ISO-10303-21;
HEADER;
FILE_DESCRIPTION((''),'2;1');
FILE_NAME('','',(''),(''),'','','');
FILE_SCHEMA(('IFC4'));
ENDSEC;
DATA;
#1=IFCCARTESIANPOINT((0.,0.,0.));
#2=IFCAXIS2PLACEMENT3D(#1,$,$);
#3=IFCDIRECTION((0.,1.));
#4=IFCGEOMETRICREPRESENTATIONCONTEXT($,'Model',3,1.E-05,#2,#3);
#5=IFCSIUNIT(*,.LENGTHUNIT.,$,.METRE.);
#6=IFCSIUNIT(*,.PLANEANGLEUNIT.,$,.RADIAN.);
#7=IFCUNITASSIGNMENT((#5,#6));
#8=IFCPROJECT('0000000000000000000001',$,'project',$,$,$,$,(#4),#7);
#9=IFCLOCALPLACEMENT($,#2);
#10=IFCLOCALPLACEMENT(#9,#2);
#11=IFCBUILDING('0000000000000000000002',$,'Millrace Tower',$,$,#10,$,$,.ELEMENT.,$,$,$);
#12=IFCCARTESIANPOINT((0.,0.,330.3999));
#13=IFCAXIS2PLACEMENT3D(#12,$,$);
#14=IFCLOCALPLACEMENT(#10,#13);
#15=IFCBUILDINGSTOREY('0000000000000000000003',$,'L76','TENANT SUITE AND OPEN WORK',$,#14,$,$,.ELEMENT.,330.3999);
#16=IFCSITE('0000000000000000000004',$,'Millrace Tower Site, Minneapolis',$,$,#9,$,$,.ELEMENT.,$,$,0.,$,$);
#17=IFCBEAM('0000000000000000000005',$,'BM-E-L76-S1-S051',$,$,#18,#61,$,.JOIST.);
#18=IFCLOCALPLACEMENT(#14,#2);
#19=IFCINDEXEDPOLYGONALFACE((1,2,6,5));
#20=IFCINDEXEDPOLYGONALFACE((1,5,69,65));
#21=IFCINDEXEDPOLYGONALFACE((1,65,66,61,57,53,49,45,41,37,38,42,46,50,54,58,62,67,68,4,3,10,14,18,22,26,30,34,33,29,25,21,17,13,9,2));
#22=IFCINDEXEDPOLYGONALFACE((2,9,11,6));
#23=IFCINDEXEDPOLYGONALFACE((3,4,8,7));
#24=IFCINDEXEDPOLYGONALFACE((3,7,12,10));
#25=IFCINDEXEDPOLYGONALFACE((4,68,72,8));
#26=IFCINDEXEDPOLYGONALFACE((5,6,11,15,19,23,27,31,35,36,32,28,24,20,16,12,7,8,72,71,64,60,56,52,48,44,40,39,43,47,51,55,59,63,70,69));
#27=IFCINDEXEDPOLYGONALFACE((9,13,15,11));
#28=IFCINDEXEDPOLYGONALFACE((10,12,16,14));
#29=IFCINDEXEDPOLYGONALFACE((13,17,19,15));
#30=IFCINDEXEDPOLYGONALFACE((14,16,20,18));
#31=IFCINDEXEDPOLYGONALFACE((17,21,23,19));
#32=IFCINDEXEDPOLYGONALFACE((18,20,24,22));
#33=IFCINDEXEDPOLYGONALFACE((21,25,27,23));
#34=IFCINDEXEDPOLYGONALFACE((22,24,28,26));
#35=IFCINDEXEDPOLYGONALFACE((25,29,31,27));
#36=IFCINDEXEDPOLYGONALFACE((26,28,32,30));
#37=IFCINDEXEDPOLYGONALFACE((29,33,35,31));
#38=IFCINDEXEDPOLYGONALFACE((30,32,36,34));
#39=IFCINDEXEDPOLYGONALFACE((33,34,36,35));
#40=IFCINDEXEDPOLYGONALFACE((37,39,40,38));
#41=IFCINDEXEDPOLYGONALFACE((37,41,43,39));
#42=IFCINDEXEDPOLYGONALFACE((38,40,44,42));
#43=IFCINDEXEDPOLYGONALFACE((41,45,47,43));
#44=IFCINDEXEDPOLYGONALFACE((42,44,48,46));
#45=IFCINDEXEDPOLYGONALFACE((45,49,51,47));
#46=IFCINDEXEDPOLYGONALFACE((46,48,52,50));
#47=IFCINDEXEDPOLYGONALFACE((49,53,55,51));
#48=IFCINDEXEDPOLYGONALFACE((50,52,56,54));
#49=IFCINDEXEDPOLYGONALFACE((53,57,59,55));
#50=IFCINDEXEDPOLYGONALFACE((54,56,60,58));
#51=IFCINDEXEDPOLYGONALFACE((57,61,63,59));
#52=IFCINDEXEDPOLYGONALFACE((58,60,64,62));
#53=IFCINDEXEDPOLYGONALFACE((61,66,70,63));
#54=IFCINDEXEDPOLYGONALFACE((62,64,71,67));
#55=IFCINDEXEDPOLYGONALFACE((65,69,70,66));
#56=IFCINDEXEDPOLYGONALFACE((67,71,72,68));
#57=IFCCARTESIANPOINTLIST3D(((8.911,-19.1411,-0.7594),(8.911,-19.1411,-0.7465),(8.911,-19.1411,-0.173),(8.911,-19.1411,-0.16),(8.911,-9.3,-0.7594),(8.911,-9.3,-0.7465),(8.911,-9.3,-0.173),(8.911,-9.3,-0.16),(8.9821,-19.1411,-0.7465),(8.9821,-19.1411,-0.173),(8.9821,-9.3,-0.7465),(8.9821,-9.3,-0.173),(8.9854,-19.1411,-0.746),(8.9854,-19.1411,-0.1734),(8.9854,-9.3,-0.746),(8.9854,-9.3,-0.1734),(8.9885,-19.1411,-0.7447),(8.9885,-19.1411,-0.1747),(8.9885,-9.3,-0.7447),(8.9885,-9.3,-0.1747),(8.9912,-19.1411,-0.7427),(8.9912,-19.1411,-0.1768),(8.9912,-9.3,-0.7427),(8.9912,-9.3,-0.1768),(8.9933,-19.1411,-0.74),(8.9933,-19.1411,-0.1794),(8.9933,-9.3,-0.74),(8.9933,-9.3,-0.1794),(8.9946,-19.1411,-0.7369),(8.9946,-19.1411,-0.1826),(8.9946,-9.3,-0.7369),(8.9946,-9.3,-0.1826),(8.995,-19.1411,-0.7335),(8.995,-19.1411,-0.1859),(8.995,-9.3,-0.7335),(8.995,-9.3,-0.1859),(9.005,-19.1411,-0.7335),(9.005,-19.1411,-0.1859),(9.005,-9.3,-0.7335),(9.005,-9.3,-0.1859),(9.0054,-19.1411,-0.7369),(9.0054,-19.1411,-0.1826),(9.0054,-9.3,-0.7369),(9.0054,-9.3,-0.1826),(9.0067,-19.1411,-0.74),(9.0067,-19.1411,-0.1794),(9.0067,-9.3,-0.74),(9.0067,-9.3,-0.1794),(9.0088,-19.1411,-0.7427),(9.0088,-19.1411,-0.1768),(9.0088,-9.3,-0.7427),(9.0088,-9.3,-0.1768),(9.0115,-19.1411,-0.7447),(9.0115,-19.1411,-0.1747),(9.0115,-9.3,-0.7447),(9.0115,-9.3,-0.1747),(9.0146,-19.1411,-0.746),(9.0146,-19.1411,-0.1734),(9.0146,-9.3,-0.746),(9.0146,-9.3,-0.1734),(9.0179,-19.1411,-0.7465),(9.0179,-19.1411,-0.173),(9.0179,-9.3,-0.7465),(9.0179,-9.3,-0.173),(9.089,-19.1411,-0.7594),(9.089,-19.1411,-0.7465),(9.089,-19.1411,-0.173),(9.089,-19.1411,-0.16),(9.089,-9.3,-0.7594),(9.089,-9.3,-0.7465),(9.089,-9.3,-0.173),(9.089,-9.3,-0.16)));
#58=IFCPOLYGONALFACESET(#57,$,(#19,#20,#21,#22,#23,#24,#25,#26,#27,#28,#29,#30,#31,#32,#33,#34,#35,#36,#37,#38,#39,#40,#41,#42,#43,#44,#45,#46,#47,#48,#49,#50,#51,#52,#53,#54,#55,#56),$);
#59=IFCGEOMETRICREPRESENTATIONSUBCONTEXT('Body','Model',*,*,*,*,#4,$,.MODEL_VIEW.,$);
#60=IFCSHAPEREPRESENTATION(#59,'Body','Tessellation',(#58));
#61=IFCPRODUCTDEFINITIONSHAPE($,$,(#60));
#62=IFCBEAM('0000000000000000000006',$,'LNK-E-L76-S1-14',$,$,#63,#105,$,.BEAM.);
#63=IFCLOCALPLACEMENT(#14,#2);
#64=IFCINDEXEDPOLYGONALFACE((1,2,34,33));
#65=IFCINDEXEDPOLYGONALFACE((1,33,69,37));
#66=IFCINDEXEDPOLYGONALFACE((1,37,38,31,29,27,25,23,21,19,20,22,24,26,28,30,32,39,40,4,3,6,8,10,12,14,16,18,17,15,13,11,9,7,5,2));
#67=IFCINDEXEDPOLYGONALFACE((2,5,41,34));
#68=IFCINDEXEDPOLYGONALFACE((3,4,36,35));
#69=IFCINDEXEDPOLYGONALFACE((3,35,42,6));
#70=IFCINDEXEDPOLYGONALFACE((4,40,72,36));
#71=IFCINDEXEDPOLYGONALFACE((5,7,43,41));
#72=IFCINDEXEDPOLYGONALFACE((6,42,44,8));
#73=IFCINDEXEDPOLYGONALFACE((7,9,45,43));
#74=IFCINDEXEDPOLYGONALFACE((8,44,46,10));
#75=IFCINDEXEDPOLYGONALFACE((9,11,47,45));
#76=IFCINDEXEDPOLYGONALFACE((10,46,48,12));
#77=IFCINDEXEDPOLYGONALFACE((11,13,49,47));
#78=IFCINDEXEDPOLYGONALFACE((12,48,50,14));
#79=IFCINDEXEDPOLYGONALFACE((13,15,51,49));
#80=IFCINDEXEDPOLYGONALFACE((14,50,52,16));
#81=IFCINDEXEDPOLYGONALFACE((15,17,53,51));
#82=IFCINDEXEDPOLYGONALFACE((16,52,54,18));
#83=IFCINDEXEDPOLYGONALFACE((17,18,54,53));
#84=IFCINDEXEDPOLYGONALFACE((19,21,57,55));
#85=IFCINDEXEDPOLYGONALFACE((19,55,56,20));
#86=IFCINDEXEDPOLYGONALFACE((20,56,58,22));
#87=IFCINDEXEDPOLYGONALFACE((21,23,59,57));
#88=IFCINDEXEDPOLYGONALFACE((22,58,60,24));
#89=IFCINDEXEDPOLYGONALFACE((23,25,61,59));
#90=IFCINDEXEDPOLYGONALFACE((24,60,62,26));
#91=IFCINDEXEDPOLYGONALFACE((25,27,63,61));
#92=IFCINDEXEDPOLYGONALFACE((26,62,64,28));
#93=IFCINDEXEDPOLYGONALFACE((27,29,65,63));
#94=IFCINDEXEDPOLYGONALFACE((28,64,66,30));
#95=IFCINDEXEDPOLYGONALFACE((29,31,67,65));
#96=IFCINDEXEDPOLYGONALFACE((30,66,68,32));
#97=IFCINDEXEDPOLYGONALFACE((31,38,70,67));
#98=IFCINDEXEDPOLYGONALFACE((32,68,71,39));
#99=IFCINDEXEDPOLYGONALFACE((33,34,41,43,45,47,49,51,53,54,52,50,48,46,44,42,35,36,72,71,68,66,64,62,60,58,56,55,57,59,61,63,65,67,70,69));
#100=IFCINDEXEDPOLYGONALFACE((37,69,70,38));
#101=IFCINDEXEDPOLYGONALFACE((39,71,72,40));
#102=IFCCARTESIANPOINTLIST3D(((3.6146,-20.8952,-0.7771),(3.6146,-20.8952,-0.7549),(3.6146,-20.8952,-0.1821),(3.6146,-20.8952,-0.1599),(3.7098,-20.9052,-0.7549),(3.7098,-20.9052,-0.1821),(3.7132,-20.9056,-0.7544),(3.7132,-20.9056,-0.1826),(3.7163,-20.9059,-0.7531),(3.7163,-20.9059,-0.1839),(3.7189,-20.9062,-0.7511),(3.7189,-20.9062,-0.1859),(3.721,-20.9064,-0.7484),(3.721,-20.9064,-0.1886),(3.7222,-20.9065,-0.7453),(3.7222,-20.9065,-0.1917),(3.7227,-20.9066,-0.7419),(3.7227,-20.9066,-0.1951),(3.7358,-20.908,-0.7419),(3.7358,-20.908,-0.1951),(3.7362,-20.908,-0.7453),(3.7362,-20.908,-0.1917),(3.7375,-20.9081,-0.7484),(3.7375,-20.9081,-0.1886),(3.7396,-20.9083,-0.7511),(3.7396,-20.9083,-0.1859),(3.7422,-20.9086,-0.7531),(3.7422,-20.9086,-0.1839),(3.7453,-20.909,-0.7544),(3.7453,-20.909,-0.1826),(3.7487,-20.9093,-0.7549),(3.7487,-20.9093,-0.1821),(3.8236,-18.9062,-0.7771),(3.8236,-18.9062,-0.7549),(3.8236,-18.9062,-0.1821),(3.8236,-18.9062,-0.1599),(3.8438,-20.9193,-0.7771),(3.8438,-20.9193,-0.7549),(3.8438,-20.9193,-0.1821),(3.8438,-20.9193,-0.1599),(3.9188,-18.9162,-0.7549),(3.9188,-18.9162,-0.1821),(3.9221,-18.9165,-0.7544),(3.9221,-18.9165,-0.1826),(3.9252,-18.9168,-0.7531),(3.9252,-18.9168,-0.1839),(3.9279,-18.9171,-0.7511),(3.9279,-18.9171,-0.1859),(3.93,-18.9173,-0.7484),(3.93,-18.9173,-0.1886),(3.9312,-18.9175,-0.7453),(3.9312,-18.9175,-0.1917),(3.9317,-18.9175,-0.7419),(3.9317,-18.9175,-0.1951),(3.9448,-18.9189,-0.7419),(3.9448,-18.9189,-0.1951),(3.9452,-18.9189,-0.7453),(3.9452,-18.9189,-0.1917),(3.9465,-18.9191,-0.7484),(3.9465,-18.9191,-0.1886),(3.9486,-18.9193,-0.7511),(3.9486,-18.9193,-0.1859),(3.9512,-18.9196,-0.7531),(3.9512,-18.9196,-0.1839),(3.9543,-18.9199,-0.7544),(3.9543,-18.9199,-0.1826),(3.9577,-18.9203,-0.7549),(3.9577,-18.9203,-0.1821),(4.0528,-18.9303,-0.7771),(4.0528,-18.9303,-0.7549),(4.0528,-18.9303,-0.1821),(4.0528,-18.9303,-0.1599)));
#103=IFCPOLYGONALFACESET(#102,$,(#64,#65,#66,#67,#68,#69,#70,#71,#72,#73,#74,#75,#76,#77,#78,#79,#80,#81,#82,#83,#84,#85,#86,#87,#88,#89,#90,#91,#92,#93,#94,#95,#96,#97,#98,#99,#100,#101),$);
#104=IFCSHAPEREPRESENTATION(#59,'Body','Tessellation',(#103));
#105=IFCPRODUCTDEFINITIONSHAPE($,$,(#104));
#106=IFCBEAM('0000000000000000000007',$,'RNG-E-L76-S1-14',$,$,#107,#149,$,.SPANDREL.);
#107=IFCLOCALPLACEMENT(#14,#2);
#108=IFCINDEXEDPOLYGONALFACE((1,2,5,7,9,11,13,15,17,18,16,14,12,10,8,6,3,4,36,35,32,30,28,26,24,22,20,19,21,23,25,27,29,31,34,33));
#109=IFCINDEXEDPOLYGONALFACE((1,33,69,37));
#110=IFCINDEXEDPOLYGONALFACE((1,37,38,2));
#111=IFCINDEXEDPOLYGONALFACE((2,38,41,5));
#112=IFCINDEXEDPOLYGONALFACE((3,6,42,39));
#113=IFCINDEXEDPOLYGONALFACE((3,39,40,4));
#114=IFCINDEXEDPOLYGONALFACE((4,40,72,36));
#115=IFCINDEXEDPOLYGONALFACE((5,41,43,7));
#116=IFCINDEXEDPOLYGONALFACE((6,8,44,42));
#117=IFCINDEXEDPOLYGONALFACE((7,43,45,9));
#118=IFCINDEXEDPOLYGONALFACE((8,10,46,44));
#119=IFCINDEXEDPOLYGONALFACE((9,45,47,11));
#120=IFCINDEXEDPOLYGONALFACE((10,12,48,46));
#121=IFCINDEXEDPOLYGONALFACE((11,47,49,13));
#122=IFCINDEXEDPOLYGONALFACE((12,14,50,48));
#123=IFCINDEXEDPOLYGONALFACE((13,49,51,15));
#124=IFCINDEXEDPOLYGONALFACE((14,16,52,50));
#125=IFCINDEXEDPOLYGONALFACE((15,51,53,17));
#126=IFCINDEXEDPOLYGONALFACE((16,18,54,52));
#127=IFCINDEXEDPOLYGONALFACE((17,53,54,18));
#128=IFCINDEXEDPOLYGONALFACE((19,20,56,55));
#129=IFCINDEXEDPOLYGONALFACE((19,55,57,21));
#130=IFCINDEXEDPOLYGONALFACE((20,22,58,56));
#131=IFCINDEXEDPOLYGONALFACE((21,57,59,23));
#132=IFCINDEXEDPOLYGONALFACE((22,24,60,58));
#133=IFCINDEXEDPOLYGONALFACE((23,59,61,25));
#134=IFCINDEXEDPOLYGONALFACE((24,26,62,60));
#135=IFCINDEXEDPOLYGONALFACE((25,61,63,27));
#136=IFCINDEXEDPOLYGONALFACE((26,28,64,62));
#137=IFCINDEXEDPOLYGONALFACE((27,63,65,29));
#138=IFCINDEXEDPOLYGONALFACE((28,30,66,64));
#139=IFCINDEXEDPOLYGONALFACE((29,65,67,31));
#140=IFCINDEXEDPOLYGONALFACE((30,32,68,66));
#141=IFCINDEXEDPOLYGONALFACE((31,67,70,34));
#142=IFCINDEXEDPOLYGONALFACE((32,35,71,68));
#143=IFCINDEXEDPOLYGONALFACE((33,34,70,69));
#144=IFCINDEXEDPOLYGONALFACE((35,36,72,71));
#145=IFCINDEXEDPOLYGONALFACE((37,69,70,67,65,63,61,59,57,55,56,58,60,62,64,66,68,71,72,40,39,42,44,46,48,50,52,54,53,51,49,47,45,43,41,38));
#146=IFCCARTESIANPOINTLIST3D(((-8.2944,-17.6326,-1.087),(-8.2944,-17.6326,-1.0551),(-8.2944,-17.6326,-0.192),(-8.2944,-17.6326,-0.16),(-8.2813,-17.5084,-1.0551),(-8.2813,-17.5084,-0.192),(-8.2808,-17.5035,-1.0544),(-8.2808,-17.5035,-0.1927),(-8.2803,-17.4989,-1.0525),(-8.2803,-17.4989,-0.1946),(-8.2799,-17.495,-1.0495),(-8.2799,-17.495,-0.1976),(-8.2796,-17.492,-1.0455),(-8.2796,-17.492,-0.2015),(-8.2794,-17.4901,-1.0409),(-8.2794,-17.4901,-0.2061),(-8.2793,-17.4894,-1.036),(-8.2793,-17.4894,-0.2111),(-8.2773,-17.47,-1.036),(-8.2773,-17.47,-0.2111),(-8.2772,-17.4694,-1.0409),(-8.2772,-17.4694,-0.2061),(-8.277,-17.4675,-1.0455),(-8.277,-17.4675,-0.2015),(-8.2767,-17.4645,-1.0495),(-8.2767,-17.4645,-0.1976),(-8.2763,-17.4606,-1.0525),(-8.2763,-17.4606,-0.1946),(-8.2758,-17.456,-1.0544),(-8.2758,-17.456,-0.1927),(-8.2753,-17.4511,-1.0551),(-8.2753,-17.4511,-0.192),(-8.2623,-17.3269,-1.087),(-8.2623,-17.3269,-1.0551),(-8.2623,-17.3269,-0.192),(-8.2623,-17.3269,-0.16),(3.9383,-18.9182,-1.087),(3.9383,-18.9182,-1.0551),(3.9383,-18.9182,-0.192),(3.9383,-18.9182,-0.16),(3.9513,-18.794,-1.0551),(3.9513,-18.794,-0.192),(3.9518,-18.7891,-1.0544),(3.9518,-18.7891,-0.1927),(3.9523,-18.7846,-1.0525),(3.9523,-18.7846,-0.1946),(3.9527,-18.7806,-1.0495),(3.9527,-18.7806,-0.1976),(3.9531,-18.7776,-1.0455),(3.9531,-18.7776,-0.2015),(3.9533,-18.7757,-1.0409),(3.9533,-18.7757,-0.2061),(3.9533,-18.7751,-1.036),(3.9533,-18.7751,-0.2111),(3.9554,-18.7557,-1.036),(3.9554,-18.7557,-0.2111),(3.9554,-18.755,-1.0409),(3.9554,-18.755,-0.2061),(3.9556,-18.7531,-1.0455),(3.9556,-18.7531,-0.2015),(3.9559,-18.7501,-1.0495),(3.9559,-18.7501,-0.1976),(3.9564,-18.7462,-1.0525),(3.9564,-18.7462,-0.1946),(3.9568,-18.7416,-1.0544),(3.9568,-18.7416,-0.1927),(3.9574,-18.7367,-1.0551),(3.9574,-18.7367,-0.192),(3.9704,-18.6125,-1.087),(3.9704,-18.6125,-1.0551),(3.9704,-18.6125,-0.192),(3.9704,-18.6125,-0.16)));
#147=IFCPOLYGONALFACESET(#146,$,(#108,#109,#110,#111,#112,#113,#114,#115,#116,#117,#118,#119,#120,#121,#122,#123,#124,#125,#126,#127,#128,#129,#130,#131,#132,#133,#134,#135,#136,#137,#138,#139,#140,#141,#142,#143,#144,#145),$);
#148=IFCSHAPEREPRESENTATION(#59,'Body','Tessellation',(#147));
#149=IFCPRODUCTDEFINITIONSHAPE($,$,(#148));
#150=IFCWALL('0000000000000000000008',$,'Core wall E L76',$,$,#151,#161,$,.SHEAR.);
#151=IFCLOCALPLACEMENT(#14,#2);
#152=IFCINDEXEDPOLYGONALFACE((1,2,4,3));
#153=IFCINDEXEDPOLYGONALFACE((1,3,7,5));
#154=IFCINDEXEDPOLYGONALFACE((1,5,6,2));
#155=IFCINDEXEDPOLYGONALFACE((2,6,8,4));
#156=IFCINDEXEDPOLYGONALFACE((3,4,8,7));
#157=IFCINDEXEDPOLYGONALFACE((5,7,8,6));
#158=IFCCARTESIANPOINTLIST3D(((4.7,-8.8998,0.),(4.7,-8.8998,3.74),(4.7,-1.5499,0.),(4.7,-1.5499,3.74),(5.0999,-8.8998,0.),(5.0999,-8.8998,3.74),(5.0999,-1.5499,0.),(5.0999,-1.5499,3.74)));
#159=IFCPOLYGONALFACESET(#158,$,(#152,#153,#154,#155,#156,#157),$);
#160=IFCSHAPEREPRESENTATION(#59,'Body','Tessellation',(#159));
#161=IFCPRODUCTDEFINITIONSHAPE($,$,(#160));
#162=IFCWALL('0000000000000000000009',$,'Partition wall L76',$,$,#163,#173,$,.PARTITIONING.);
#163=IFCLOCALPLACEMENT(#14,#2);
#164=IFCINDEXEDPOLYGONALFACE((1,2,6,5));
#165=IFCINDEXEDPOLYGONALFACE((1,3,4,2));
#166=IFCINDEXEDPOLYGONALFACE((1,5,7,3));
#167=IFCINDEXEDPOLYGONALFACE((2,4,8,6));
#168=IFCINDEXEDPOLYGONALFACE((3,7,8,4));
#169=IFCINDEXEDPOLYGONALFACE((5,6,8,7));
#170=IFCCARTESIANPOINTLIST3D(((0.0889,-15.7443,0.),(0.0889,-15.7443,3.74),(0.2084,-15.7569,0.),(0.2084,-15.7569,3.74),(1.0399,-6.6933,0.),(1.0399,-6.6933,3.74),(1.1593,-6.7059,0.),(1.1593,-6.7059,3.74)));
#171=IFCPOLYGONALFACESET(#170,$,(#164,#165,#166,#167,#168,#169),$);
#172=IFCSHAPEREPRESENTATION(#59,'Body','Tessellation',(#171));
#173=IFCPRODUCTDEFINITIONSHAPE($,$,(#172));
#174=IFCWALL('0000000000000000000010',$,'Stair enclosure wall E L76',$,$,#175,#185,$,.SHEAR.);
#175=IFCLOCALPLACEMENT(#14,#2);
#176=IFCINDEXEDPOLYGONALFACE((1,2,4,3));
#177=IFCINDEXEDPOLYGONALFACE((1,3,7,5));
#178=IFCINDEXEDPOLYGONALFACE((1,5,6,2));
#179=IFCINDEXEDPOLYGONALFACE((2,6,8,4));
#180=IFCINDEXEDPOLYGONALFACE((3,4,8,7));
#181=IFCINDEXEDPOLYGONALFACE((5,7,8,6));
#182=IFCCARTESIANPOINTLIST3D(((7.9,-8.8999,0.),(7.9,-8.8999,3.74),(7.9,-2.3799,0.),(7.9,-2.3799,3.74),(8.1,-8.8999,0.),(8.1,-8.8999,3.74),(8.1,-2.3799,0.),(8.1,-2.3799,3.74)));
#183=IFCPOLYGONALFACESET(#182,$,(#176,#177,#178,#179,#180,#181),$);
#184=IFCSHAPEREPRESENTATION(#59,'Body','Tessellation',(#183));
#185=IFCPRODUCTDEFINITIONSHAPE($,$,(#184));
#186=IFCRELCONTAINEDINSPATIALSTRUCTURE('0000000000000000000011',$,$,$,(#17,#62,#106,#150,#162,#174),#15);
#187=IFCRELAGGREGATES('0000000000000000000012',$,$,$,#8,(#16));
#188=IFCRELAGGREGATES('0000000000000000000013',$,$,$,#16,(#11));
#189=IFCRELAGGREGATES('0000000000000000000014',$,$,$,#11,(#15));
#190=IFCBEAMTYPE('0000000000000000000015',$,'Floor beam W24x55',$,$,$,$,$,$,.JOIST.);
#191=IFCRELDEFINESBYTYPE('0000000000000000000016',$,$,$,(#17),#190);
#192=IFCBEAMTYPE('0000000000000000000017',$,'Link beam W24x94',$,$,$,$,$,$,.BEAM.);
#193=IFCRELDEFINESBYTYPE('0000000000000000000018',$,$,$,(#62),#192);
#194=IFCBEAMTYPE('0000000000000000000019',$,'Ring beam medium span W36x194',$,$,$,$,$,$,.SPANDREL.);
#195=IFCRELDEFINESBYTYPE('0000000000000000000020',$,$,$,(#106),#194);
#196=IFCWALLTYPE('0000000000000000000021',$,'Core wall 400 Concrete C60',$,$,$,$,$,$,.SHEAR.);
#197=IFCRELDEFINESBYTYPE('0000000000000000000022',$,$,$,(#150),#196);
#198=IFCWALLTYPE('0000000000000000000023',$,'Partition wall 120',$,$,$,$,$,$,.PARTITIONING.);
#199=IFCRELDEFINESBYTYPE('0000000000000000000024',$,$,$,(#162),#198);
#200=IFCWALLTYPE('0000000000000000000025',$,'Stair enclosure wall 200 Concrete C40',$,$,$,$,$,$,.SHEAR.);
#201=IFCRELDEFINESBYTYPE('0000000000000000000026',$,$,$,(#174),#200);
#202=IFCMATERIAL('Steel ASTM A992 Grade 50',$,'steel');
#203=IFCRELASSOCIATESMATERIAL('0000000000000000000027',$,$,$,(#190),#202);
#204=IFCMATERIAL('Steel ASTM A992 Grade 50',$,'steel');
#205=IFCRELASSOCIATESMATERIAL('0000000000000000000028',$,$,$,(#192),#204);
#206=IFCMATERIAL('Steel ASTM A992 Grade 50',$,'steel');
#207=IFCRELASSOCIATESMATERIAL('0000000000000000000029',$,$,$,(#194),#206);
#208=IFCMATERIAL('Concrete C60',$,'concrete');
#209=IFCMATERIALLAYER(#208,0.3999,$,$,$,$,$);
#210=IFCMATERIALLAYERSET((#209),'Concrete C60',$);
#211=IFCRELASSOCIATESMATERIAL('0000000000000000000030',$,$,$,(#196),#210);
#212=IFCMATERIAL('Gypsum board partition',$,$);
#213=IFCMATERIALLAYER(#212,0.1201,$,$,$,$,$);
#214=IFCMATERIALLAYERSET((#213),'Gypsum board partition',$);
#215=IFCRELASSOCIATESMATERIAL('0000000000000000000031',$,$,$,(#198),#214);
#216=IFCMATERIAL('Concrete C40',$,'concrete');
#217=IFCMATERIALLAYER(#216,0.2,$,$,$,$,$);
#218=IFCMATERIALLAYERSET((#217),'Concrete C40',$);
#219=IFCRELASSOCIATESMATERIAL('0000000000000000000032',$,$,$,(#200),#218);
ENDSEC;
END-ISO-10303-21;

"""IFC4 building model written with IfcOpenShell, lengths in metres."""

from ifc_helpers import new_model, si_unit, direction, frame, frame_2d, origin, origin_2d, place, context, subcontext, project, spatial, rectangle, i_section, extrude, material, layer, layer_set, material_profile, profile_set, type_object, element, save


model = new_model("IFC4")

# Units and contexts
model_context = context("Model", 3, precision=1e-05, world=origin(), true_north=direction((0.0, 1.0)))
body_context = subcontext(model_context, "Body", "Model", "MODEL_VIEW")
ifc_project = project(units=[si_unit("LENGTHUNIT", "METRE"), si_unit("PLANEANGLEUNIT", "RADIAN")], contexts=[model_context])

# Site, building, storey
site_placement = place(None, origin())
site = spatial("IfcSite", under=ifc_project, at=site_placement, Name="Millrace Tower Site, Minneapolis", CompositionType="ELEMENT", RefElevation=0.0)
building_placement = place(site_placement, origin())
building = spatial("IfcBuilding", under=site, at=building_placement, Name="Millrace Tower", CompositionType="ELEMENT")
storey_placement = place(building_placement, frame((0.0, 0.0, 330.3999)))
storey = spatial("IfcBuildingStorey", under=building, at=storey_placement, Name="L76", Description="TENANT SUITE AND OPEN WORK", CompositionType="ELEMENT", Elevation=330.3999)

# Beams
ifc_material_1 = material(Name="Steel ASTM A992 Grade 50", Category="steel")
ifc_material_profile_1 = material_profile(ifc_material_1, i_section(OverallWidth=0.178, OverallDepth=0.5994, WebThickness=0.01, FlangeThickness=0.0129, FilletRadius=0.0129, at=origin_2d()))
ifc_profile_set_1 = profile_set([ifc_material_profile_1], Name="Steel ASTM A992 Grade 50")
beam_type_1 = type_object("IfcBeamType", Name="Floor beam W24x55", PredefinedType="JOIST", material=ifc_profile_set_1)
beam_1_placement = place(storey_placement, frame((9.0, -19.1411, -0.4597), z_axis=(0.0, 1.0, 0.0), x_axis=(-1.0, 0.0, 0.0)))
element("IfcBeam", 1, at=beam_1_placement, inside=storey, type_object=beam_type_1, Name="BM-E-L76-S1-S051", PredefinedType="JOIST", context=body_context, shape_type="SweptSolid", body=[
    extrude(i_section(OverallWidth=0.178, OverallDepth=0.5994, WebThickness=0.01, FlangeThickness=0.0129, FilletRadius=0.0129, at=origin_2d()), origin(), (0.0, 0.0, 1.0), 9.8411),
])
ifc_material_2 = material(Name="Steel ASTM A992 Grade 50", Category="steel")
ifc_material_profile_2 = material_profile(ifc_material_2, i_section(OverallWidth=0.2305, OverallDepth=0.6172, WebThickness=0.0132, FlangeThickness=0.0222, FilletRadius=0.0129, at=origin_2d()))
ifc_profile_set_2 = profile_set([ifc_material_profile_2], Name="Steel ASTM A992 Grade 50")
beam_type_2 = type_object("IfcBeamType", Name="Link beam W24x94", PredefinedType="BEAM", material=ifc_profile_set_2)
beam_2_placement = place(storey_placement, frame((3.9382, -18.9182, -0.4685), z_axis=(-0.104494, -0.994526, 0.0), x_axis=(0.994526, -0.104494, 0.0)))
element("IfcBeam", 2, at=beam_2_placement, inside=storey, type_object=beam_type_2, Name="LNK-E-L76-S1-14", PredefinedType="BEAM", context=body_context, shape_type="SweptSolid", body=[
    extrude(i_section(OverallWidth=0.2305, OverallDepth=0.6172, WebThickness=0.0132, FlangeThickness=0.0222, FilletRadius=0.0129, at=origin_2d()), origin(), (0.0, 0.0, 1.0), 2.0),
])
ifc_material_3 = material(Name="Steel ASTM A992 Grade 50", Category="steel")
ifc_material_profile_3 = material_profile(ifc_material_3, i_section(OverallWidth=0.3074, OverallDepth=0.927, WebThickness=0.0195, FlangeThickness=0.032, FilletRadius=0.019, at=origin_2d()))
ifc_profile_set_3 = profile_set([ifc_material_profile_3], Name="Steel ASTM A992 Grade 50")
beam_type_3 = type_object("IfcBeamType", Name="Ring beam medium span W36x194", PredefinedType="SPANDREL", material=ifc_profile_set_3)
beam_3_placement = place(storey_placement, frame((3.9543, -18.7654, -0.6235), z_axis=(-0.994522, 0.104524, 0.0), x_axis=(-0.104524, -0.994522, 0.0)))
element("IfcBeam", 3, at=beam_3_placement, inside=storey, type_object=beam_type_3, Name="RNG-E-L76-S1-14", PredefinedType="SPANDREL", context=body_context, shape_type="SweptSolid", body=[
    extrude(i_section(OverallWidth=0.3074, OverallDepth=0.927, WebThickness=0.0195, FlangeThickness=0.032, FilletRadius=0.019, at=origin_2d()), origin(), (0.0, 0.0, 1.0), 12.3),
])

# Walls
ifc_material_4 = material(Name="Concrete C60", Category="concrete")
ifc_layer_1 = layer(ifc_material_4, 0.3999)
ifc_layer_set_1 = layer_set([ifc_layer_1], Name="Concrete C60")
wall_type_1 = type_object("IfcWallType", Name="Core wall 400 Concrete C60", PredefinedType="SHEAR", material=ifc_layer_set_1)
wall_1_placement = place(storey_placement, frame((4.8999, -1.55, 0.0), z_axis=(0.0, 0.0, 1.0), x_axis=(0.0, -1.0, 0.0)))
element("IfcWall", 4, at=wall_1_placement, inside=storey, type_object=wall_type_1, Name="Core wall E L76", PredefinedType="SHEAR", context=body_context, shape_type="SweptSolid", body=[
    extrude(rectangle(XDim=7.3499, YDim=0.3999, at=frame_2d((3.6748, 0.0))), origin(), (0.0, 0.0, 1.0), 3.74),
])
ifc_material_5 = material(Name="Gypsum board partition")
ifc_layer_2 = layer(ifc_material_5, 0.1201)
ifc_layer_set_2 = layer_set([ifc_layer_2], Name="Gypsum board partition")
wall_type_2 = type_object("IfcWallType", Name="Partition wall 120", PredefinedType="PARTITIONING", material=ifc_layer_set_2)
wall_2_placement = place(storey_placement, frame((0.1487, -15.7505, 0.0), z_axis=(0.0, 0.0, 1.0), x_axis=(0.104488, 0.994526, 0.0)))
element("IfcWall", 5, at=wall_2_placement, inside=storey, type_object=wall_type_2, Name="Partition wall L76", PredefinedType="PARTITIONING", context=body_context, shape_type="SweptSolid", body=[
    extrude(rectangle(XDim=9.1008, YDim=0.1201, at=frame_2d((4.5503, 0.0))), origin(), (0.0, 0.0, 1.0), 3.74),
])
ifc_material_6 = material(Name="Concrete C40", Category="concrete")
ifc_layer_3 = layer(ifc_material_6, 0.2)
ifc_layer_set_3 = layer_set([ifc_layer_3], Name="Concrete C40")
wall_type_3 = type_object("IfcWallType", Name="Stair enclosure wall 200 Concrete C40", PredefinedType="SHEAR", material=ifc_layer_set_3)
wall_3_placement = place(storey_placement, frame((8.0, -2.3799, 0.0), z_axis=(0.0, 0.0, 1.0), x_axis=(0.0, -1.0, 0.0)))
element("IfcWall", 6, at=wall_3_placement, inside=storey, type_object=wall_type_3, Name="Stair enclosure wall E L76", PredefinedType="SHEAR", context=body_context, shape_type="SweptSolid", body=[
    extrude(rectangle(XDim=6.52, YDim=0.2, at=frame_2d((3.26, 0.0))), origin(), (0.0, 0.0, 1.0), 3.74),
])

save(model, "model.ifc")
